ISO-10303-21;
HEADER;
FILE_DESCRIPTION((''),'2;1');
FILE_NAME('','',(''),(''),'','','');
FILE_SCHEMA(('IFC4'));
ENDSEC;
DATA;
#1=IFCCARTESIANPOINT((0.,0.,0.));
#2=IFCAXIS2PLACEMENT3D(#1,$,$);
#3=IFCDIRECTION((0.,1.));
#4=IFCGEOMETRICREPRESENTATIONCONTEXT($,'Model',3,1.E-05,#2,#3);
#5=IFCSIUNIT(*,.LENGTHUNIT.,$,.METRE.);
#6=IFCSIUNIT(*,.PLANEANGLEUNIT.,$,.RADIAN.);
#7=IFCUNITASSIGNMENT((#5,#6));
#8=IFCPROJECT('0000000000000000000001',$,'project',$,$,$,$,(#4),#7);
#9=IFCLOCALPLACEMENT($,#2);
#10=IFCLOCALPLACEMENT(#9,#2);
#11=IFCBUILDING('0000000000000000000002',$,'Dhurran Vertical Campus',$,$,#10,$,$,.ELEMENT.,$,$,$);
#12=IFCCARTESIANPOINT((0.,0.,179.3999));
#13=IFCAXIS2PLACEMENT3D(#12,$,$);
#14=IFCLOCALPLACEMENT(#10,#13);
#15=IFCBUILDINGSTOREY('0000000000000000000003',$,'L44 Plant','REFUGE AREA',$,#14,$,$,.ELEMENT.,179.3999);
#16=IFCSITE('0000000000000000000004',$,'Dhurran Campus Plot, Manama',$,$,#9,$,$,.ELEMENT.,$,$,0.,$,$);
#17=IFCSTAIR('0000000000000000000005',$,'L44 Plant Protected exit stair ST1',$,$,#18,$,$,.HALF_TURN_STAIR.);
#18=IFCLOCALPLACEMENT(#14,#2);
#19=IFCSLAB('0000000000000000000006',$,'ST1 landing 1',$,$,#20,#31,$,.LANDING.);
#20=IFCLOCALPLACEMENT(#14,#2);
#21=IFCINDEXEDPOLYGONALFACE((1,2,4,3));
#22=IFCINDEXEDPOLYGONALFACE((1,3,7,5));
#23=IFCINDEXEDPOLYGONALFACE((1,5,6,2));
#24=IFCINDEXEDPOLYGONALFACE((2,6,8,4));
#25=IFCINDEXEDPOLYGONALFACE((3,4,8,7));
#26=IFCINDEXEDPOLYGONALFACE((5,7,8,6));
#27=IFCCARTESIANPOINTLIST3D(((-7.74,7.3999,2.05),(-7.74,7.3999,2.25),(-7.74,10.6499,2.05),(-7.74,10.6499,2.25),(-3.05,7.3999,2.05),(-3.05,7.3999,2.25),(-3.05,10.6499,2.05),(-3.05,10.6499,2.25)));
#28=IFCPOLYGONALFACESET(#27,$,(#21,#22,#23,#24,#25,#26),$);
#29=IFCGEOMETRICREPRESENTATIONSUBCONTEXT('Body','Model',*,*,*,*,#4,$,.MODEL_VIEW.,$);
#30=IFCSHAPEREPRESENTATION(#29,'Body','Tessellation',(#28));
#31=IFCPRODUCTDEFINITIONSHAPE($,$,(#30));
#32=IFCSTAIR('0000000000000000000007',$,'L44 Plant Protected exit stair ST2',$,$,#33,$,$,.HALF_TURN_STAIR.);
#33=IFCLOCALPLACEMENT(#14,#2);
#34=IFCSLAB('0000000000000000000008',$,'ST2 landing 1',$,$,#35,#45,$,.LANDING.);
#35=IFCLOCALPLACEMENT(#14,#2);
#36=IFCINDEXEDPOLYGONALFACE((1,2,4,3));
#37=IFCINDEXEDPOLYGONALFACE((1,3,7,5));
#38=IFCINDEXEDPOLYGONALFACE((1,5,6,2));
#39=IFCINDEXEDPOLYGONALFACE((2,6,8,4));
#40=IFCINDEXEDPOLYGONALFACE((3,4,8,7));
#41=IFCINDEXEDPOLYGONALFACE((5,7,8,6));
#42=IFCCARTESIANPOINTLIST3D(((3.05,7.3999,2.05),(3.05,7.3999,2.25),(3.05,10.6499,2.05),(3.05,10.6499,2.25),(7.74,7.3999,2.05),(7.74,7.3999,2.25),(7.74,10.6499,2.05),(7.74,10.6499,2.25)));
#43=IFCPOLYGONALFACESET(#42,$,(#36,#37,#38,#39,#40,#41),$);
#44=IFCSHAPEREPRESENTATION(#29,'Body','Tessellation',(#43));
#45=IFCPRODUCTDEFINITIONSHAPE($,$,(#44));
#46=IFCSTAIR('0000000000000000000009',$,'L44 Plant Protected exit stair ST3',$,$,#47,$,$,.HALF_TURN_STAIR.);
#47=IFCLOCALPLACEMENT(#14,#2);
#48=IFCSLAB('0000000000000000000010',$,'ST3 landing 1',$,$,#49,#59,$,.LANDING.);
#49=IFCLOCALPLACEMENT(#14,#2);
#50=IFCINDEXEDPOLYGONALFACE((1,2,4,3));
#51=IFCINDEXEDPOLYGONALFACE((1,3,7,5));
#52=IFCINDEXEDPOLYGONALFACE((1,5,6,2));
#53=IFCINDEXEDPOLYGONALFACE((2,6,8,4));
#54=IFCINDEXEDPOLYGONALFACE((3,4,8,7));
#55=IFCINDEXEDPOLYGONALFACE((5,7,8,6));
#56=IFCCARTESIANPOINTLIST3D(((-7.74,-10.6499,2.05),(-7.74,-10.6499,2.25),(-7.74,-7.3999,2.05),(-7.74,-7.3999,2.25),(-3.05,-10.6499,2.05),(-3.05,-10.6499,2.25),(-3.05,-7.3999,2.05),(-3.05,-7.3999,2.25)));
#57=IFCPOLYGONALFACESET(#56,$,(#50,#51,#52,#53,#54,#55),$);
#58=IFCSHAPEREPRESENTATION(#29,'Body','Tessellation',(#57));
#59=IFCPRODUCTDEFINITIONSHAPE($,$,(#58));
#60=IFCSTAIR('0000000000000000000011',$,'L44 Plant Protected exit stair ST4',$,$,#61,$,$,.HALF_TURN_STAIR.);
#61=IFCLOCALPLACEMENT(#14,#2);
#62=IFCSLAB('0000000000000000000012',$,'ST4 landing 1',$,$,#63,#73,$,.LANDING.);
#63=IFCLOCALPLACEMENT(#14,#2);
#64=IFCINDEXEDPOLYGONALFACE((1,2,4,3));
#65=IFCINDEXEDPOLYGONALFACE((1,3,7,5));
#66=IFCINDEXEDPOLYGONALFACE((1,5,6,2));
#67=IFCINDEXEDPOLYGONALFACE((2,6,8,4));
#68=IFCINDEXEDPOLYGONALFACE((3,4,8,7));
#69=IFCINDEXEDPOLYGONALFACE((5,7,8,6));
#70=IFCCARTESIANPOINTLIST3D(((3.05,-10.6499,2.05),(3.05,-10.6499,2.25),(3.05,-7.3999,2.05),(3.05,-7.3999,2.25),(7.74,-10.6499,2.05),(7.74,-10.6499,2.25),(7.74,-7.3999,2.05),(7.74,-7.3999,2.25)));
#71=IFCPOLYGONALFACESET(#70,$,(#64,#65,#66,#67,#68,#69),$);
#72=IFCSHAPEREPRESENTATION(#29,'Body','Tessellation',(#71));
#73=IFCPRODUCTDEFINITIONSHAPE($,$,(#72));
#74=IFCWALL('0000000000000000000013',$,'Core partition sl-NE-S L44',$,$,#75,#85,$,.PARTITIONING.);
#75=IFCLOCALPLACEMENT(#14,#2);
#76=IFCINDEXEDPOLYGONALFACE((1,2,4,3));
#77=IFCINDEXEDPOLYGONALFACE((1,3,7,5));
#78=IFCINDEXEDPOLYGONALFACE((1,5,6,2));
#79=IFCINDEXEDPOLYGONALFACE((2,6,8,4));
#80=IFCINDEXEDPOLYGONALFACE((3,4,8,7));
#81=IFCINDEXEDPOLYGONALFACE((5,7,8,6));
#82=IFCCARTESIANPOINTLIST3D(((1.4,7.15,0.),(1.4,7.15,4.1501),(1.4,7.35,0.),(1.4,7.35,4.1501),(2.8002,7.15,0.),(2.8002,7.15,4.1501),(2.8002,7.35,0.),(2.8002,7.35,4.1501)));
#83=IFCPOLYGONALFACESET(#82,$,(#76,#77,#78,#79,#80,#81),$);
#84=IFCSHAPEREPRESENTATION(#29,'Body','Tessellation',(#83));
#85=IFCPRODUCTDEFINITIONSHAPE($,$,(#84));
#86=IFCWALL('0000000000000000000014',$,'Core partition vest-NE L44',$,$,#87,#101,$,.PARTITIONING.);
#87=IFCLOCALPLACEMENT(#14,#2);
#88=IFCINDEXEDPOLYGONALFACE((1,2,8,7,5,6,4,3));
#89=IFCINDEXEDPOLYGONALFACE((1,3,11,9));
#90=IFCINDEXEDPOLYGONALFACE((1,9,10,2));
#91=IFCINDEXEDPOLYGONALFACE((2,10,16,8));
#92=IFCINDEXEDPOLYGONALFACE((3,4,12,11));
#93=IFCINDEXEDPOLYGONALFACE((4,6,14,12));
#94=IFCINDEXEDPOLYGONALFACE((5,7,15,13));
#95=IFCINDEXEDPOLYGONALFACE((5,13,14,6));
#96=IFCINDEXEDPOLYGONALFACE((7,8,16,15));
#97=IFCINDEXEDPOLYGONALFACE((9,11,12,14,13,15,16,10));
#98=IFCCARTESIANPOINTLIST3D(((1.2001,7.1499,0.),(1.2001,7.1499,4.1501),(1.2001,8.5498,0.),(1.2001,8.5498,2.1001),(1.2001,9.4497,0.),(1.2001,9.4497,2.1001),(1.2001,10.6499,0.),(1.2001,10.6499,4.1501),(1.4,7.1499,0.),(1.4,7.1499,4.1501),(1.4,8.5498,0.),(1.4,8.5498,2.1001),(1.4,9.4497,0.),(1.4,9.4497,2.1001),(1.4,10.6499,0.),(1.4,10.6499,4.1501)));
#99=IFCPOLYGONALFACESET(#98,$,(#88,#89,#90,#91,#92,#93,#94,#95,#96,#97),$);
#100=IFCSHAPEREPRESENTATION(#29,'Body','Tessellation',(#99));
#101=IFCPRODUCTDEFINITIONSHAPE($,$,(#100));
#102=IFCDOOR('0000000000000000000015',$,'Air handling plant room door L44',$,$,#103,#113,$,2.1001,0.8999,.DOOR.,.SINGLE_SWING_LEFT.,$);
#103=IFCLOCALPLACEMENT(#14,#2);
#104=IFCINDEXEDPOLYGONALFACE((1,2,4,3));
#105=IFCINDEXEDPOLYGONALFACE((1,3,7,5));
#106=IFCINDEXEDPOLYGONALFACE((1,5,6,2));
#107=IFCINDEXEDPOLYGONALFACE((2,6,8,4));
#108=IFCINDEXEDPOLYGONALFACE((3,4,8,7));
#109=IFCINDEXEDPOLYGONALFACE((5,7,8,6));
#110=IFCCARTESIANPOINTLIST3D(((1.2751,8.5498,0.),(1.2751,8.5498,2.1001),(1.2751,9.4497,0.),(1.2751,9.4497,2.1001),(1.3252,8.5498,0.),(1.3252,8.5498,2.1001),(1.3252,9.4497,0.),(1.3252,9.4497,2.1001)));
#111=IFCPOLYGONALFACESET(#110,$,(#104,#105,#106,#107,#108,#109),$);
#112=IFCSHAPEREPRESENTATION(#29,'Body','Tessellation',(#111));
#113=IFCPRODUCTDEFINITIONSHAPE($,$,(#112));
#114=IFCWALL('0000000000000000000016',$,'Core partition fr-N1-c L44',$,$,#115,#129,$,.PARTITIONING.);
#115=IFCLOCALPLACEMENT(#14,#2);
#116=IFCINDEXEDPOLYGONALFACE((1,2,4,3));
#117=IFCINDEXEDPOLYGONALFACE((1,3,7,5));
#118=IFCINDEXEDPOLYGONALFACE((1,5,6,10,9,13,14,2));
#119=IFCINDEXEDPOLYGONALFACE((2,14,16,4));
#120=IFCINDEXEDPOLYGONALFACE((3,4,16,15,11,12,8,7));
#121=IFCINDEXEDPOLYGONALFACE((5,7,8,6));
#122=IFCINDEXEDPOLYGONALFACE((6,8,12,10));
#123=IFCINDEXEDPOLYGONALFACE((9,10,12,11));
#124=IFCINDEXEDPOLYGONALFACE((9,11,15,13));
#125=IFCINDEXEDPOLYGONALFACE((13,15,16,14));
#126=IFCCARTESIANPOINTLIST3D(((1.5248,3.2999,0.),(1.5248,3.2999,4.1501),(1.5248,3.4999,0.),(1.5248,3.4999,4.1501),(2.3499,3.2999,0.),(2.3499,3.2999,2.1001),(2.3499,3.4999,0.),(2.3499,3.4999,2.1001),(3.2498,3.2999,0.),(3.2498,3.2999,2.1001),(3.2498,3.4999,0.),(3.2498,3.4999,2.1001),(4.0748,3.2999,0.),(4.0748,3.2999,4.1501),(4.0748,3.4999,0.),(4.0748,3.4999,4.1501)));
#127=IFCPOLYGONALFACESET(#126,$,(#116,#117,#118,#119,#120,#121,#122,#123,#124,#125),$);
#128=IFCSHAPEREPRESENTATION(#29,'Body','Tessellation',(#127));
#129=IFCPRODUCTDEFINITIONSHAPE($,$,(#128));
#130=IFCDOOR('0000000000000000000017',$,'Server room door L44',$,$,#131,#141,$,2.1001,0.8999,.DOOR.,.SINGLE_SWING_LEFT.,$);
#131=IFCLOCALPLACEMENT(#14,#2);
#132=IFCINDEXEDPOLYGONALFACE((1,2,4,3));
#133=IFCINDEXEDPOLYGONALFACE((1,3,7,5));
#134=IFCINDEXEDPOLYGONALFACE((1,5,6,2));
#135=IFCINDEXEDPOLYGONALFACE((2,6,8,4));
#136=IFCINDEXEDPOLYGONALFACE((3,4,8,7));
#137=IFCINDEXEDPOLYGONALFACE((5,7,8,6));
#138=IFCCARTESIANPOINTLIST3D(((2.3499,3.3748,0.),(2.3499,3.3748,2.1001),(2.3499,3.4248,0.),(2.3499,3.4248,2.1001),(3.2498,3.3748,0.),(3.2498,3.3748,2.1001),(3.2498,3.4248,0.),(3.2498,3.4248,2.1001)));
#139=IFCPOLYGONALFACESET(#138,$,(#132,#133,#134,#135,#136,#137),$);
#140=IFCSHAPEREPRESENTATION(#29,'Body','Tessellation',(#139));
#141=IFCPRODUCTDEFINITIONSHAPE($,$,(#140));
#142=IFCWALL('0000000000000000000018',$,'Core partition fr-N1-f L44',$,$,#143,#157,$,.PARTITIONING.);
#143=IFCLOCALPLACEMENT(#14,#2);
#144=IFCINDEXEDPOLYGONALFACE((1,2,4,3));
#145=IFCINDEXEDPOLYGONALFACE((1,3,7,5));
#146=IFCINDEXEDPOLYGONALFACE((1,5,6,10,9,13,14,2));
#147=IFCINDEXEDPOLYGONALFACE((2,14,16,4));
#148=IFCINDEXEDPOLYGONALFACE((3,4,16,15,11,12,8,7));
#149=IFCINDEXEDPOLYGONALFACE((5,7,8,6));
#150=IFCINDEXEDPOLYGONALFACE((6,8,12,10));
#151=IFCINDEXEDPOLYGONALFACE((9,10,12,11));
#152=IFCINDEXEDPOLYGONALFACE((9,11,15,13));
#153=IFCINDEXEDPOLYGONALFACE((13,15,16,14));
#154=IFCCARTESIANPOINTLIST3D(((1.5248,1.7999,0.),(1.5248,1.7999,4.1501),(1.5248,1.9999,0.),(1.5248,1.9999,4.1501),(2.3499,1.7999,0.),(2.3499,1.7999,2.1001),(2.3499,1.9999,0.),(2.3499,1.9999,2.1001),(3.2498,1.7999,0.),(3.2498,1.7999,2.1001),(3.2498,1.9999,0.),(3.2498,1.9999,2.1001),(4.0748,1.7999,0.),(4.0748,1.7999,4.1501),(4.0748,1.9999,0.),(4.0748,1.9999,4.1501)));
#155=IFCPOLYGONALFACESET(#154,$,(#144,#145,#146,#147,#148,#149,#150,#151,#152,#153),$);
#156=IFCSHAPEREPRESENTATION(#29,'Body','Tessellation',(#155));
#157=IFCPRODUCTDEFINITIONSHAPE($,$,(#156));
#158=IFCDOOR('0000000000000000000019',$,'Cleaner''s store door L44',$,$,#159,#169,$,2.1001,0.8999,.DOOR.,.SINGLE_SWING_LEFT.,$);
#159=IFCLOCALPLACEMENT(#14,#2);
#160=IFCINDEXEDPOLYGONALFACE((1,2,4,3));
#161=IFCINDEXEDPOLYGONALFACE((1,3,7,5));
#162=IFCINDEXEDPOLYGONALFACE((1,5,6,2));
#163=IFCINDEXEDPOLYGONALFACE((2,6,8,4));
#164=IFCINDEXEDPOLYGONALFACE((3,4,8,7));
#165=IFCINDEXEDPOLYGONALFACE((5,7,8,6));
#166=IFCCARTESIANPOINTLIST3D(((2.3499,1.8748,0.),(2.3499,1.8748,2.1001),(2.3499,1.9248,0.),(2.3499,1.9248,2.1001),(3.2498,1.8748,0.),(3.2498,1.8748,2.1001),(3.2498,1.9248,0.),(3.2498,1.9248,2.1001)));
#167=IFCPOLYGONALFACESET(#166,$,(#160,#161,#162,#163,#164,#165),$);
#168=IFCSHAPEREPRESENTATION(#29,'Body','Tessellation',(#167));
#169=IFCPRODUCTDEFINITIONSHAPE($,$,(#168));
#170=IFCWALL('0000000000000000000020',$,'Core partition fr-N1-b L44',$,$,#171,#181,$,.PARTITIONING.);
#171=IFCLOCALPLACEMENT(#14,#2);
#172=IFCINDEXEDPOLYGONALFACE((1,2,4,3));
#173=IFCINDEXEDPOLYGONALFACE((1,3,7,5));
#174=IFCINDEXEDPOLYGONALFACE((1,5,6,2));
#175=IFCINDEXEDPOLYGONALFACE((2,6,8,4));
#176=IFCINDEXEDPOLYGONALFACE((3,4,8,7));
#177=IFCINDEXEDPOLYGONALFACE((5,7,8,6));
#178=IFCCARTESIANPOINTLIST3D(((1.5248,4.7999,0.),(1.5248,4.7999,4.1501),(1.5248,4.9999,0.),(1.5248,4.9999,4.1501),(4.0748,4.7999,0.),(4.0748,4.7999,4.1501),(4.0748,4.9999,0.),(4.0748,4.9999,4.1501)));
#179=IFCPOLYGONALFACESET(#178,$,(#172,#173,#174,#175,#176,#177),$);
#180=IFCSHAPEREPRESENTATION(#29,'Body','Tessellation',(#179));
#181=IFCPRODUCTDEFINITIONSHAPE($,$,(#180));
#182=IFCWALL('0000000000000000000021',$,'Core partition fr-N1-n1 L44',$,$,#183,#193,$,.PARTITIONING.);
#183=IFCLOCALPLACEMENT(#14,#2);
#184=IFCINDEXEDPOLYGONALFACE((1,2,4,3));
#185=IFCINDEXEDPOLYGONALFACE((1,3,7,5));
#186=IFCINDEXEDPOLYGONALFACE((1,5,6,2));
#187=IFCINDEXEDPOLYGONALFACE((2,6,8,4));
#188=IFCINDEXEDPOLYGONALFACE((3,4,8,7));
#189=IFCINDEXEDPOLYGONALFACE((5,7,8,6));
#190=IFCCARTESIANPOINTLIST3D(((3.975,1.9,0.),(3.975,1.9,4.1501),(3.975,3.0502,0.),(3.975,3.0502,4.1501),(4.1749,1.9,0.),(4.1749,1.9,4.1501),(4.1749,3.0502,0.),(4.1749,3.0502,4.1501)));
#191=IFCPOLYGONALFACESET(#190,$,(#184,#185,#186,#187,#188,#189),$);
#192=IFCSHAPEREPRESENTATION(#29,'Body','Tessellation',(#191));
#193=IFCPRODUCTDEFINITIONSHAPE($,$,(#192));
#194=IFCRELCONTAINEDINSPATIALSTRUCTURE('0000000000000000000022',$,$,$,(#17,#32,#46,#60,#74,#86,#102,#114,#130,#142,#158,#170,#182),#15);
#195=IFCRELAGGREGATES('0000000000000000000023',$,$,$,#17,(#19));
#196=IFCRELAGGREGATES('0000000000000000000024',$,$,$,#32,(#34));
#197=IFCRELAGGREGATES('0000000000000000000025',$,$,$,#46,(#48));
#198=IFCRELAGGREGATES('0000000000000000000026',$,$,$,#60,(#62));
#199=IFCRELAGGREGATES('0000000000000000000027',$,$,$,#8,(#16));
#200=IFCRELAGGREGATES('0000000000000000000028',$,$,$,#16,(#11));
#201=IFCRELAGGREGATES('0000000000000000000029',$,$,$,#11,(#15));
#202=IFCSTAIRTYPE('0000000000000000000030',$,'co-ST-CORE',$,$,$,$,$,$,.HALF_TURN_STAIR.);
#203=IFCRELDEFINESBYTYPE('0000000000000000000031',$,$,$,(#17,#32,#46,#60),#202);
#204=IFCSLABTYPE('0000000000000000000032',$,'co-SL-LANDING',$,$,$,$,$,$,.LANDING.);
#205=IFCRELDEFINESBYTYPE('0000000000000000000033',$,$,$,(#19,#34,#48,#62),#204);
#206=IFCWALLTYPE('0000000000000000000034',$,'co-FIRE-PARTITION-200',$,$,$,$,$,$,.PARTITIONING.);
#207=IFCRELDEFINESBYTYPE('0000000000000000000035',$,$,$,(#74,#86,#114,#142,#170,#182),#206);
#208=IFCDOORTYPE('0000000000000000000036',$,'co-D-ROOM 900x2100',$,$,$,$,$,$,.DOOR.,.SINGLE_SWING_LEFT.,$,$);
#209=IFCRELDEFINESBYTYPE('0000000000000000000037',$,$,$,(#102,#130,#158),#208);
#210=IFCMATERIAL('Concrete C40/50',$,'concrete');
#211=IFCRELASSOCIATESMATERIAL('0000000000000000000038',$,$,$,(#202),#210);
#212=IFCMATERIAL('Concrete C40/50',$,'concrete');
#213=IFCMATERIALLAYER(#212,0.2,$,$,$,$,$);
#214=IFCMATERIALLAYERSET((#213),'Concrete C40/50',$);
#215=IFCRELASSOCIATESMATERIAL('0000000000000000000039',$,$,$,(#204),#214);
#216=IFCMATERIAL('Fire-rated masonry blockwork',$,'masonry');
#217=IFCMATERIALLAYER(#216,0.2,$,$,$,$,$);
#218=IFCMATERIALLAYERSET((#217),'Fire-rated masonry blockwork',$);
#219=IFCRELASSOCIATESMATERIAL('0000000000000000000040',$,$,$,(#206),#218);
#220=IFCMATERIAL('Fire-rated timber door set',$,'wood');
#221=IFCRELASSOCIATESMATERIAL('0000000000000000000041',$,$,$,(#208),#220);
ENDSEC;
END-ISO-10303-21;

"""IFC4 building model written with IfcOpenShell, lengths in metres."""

from ifc_helpers import new_model, si_unit, direction, frame, frame_2d, origin, place, context, subcontext, project, spatial, polyline, rectangle, outline, extrude, material, layer, layer_set, type_object, element, fill, aggregate, save


model = new_model("IFC4")

# Units and contexts
model_context = context("Model", 3, precision=1e-05, world=origin(), true_north=direction((0.0, 1.0)))
body_context = subcontext(model_context, "Body", "Model", "MODEL_VIEW")
ifc_project = project(units=[si_unit("LENGTHUNIT", "METRE"), si_unit("PLANEANGLEUNIT", "RADIAN")], contexts=[model_context])

# Site, building, storey
site_placement = place(None, origin())
site = spatial("IfcSite", under=ifc_project, at=site_placement, Name="Dhurran Campus Plot, Manama", CompositionType="ELEMENT", RefElevation=0.0)
building_placement = place(site_placement, origin())
building = spatial("IfcBuilding", under=site, at=building_placement, Name="Dhurran Vertical Campus", CompositionType="ELEMENT")
storey_placement = place(building_placement, frame((0.0, 0.0, 179.3999)))
storey = spatial("IfcBuildingStorey", under=building, at=storey_placement, Name="L44 Plant", Description="REFUGE AREA", CompositionType="ELEMENT", Elevation=179.3999)

# Stairs, slabs
ifc_material_1 = material(Name="Concrete C40/50", Category="concrete")
stair_type = type_object("IfcStairType", Name="co-ST-CORE", PredefinedType="HALF_TURN_STAIR", material=ifc_material_1)
stair_1_placement = place(storey_placement, origin())
stair_1 = element("IfcStair", 1, at=stair_1_placement, inside=storey, type_object=stair_type, Name="L44 Plant Protected exit stair ST1", PredefinedType="HALF_TURN_STAIR")
ifc_material_2 = material(Name="Concrete C40/50", Category="concrete")
ifc_layer_1 = layer(ifc_material_2, 0.2)
ifc_layer_set_1 = layer_set([ifc_layer_1], Name="Concrete C40/50")
slab_type = type_object("IfcSlabType", Name="co-SL-LANDING", PredefinedType="LANDING", material=ifc_layer_set_1)
slab_1_placement = place(storey_placement, frame((0.0, 0.0, 2.05)))
slab_1 = element("IfcSlab", 2, at=slab_1_placement, type_object=slab_type, Name="ST1 landing 1", PredefinedType="LANDING", context=body_context, shape_type="SweptSolid", body=[
    extrude(outline(polyline([(-7.74, 7.3999), (-3.05, 7.3999), (-3.05, 10.6499), (-7.74, 10.6499), (-7.74, 7.3999)])), origin(), (0.0, 0.0, 1.0), 0.2),
])
aggregate(stair_1, [slab_1])
stair_2_placement = place(storey_placement, origin())
stair_2 = element("IfcStair", 3, at=stair_2_placement, inside=storey, type_object=stair_type, Name="L44 Plant Protected exit stair ST2", PredefinedType="HALF_TURN_STAIR")
slab_2_placement = place(storey_placement, frame((0.0, 0.0, 2.05)))
slab_2 = element("IfcSlab", 4, at=slab_2_placement, type_object=slab_type, Name="ST2 landing 1", PredefinedType="LANDING", context=body_context, shape_type="SweptSolid", body=[
    extrude(outline(polyline([(7.74, 10.6499), (3.05, 10.6499), (3.05, 7.3999), (7.74, 7.3999), (7.74, 10.6499)])), origin(), (0.0, 0.0, 1.0), 0.2),
])
aggregate(stair_2, [slab_2])
stair_3_placement = place(storey_placement, origin())
stair_3 = element("IfcStair", 5, at=stair_3_placement, inside=storey, type_object=stair_type, Name="L44 Plant Protected exit stair ST3", PredefinedType="HALF_TURN_STAIR")
slab_3_placement = place(storey_placement, frame((0.0, 0.0, 2.05)))
slab_3 = element("IfcSlab", 6, at=slab_3_placement, type_object=slab_type, Name="ST3 landing 1", PredefinedType="LANDING", context=body_context, shape_type="SweptSolid", body=[
    extrude(outline(polyline([(-7.74, -10.6499), (-3.05, -10.6499), (-3.05, -7.3999), (-7.74, -7.3999), (-7.74, -10.6499)])), origin(), (0.0, 0.0, 1.0), 0.2),
])
aggregate(stair_3, [slab_3])
stair_4_placement = place(storey_placement, origin())
stair_4 = element("IfcStair", 7, at=stair_4_placement, inside=storey, type_object=stair_type, Name="L44 Plant Protected exit stair ST4", PredefinedType="HALF_TURN_STAIR")
slab_4_placement = place(storey_placement, frame((0.0, 0.0, 2.05)))
slab_4 = element("IfcSlab", 8, at=slab_4_placement, type_object=slab_type, Name="ST4 landing 1", PredefinedType="LANDING", context=body_context, shape_type="SweptSolid", body=[
    extrude(outline(polyline([(7.74, -7.3999), (3.05, -7.3999), (3.05, -10.6499), (7.74, -10.6499), (7.74, -7.3999)])), origin(), (0.0, 0.0, 1.0), 0.2),
])
aggregate(stair_4, [slab_4])

# Wall
ifc_material_3 = material(Name="Fire-rated masonry blockwork", Category="masonry")
ifc_layer_2 = layer(ifc_material_3, 0.2)
ifc_layer_set_2 = layer_set([ifc_layer_2], Name="Fire-rated masonry blockwork")
wall_type_1 = type_object("IfcWallType", Name="co-FIRE-PARTITION-200", PredefinedType="PARTITIONING", material=ifc_layer_set_2)
wall_1_placement = place(storey_placement, frame((1.3999, 7.25, 0.0), z_axis=(0.0, 0.0, 1.0), x_axis=(1.0, 0.0, 0.0)))
element("IfcWall", 9, at=wall_1_placement, inside=storey, type_object=wall_type_1, Name="Core partition sl-NE-S L44", PredefinedType="PARTITIONING", context=body_context, shape_type="SweptSolid", body=[
    extrude(rectangle(XDim=1.4001, YDim=0.2, at=frame_2d((0.7002, 0.0))), origin(), (0.0, 0.0, 1.0), 4.1501),
])

# Walls, openings, doors
wall_2_placement = place(storey_placement, frame((1.3, 7.1499, 0.0), z_axis=(0.0, 0.0, 1.0), x_axis=(0.0, 1.0, 0.0)))
wall_2 = element("IfcWall", 10, at=wall_2_placement, inside=storey, type_object=wall_type_1, Name="Core partition vest-NE L44", PredefinedType="PARTITIONING", context=body_context, shape_type="SweptSolid", body=[
    extrude(rectangle(XDim=3.5, YDim=0.2, at=frame_2d((1.75, 0.0))), origin(), (0.0, 0.0, 1.0), 4.1501),
])
opening_1_placement = place(wall_2_placement, frame((1.3999, 0.0, 0.0)))
opening_1 = element("IfcOpeningElement", 11, at=opening_1_placement, cuts=wall_2, PredefinedType="OPENING", context=body_context, shape_type="SweptSolid", body=[
    extrude(rectangle(XDim=0.8999, YDim=2.1001, at=frame_2d((0.45, 1.05))), frame((0.0, 0.1099, 0.0), z_axis=(0.0, -1.0, 0.0), x_axis=(1.0, 0.0, 0.0)), (0.0, 0.0, 1.0), 0.22),
])
ifc_material_4 = material(Name="Fire-rated timber door set", Category="wood")
door_type_1 = type_object("IfcDoorType", Name="co-D-ROOM 900x2100", OperationType="SINGLE_SWING_LEFT", PredefinedType="DOOR", material=ifc_material_4)
door_1_placement = place(opening_1_placement, origin())
door_1 = element("IfcDoor", 12, at=door_1_placement, inside=storey, type_object=door_type_1, Name="Air handling plant room door L44", OperationType="SINGLE_SWING_LEFT", OverallHeight=2.1001, OverallWidth=0.8999, PredefinedType="DOOR", context=body_context, shape_type="SweptSolid", body=[
    extrude(rectangle(XDim=0.8999, YDim=2.1001, at=frame_2d((0.45, 1.05))), frame((0.0, 0.0249, 0.0), z_axis=(0.0, -1.0, 0.0), x_axis=(1.0, 0.0, 0.0)), (0.0, 0.0, 1.0), 0.05),
])
fill(opening_1, door_1)
wall_3_placement = place(storey_placement, frame((1.5249, 3.3999, 0.0), z_axis=(0.0, 0.0, 1.0), x_axis=(1.0, 0.0, 0.0)))
wall_3 = element("IfcWall", 13, at=wall_3_placement, inside=storey, type_object=wall_type_1, Name="Core partition fr-N1-c L44", PredefinedType="PARTITIONING", context=body_context, shape_type="SweptSolid", body=[
    extrude(rectangle(XDim=2.55, YDim=0.2, at=frame_2d((1.2749, 0.0))), origin(), (0.0, 0.0, 1.0), 4.1501),
])
opening_2_placement = place(wall_3_placement, frame((0.825, 0.0, 0.0)))
opening_2 = element("IfcOpeningElement", 14, at=opening_2_placement, cuts=wall_3, PredefinedType="OPENING", context=body_context, shape_type="SweptSolid", body=[
    extrude(rectangle(XDim=0.8999, YDim=2.1001, at=frame_2d((0.45, 1.05))), frame((0.0, 0.1099, 0.0), z_axis=(0.0, -1.0, 0.0), x_axis=(1.0, 0.0, 0.0)), (0.0, 0.0, 1.0), 0.22),
])
door_2_placement = place(opening_2_placement, origin())
door_2 = element("IfcDoor", 15, at=door_2_placement, inside=storey, type_object=door_type_1, Name="Server room door L44", OperationType="SINGLE_SWING_LEFT", OverallHeight=2.1001, OverallWidth=0.8999, PredefinedType="DOOR", context=body_context, shape_type="SweptSolid", body=[
    extrude(rectangle(XDim=0.8999, YDim=2.1001, at=frame_2d((0.45, 1.05))), frame((0.0, 0.0249, 0.0), z_axis=(0.0, -1.0, 0.0), x_axis=(1.0, 0.0, 0.0)), (0.0, 0.0, 1.0), 0.05),
])
fill(opening_2, door_2)
wall_4_placement = place(storey_placement, frame((1.5249, 1.8999, 0.0), z_axis=(0.0, 0.0, 1.0), x_axis=(1.0, 0.0, 0.0)))
wall_4 = element("IfcWall", 16, at=wall_4_placement, inside=storey, type_object=wall_type_1, Name="Core partition fr-N1-f L44", PredefinedType="PARTITIONING", context=body_context, shape_type="SweptSolid", body=[
    extrude(rectangle(XDim=2.55, YDim=0.2, at=frame_2d((1.2749, 0.0))), origin(), (0.0, 0.0, 1.0), 4.1501),
])
opening_3_placement = place(wall_4_placement, frame((0.825, 0.0, 0.0)))
opening_3 = element("IfcOpeningElement", 17, at=opening_3_placement, cuts=wall_4, PredefinedType="OPENING", context=body_context, shape_type="SweptSolid", body=[
    extrude(rectangle(XDim=0.8999, YDim=2.1001, at=frame_2d((0.45, 1.05))), frame((0.0, 0.1099, 0.0), z_axis=(0.0, -1.0, 0.0), x_axis=(1.0, 0.0, 0.0)), (0.0, 0.0, 1.0), 0.22),
])
door_3_placement = place(opening_3_placement, origin())
door_3 = element("IfcDoor", 18, at=door_3_placement, inside=storey, type_object=door_type_1, Name="Cleaner's store door L44", OperationType="SINGLE_SWING_LEFT", OverallHeight=2.1001, OverallWidth=0.8999, PredefinedType="DOOR", context=body_context, shape_type="SweptSolid", body=[
    extrude(rectangle(XDim=0.8999, YDim=2.1001, at=frame_2d((0.45, 1.05))), frame((0.0, 0.0249, 0.0), z_axis=(0.0, -1.0, 0.0), x_axis=(1.0, 0.0, 0.0)), (0.0, 0.0, 1.0), 0.05),
])
fill(opening_3, door_3)

# Walls
wall_5_placement = place(storey_placement, frame((1.5249, 4.8999, 0.0), z_axis=(0.0, 0.0, 1.0), x_axis=(1.0, 0.0, 0.0)))
element("IfcWall", 19, at=wall_5_placement, inside=storey, type_object=wall_type_1, Name="Core partition fr-N1-b L44", PredefinedType="PARTITIONING", context=body_context, shape_type="SweptSolid", body=[
    extrude(rectangle(XDim=2.55, YDim=0.2, at=frame_2d((1.2749, 0.0))), origin(), (0.0, 0.0, 1.0), 4.1501),
])
wall_6_placement = place(storey_placement, frame((4.075, 1.8999, 0.0), z_axis=(0.0, 0.0, 1.0), x_axis=(0.0, 1.0, 0.0)))
element("IfcWall", 20, at=wall_6_placement, inside=storey, type_object=wall_type_1, Name="Core partition fr-N1-n1 L44", PredefinedType="PARTITIONING", context=body_context, shape_type="SweptSolid", body=[
    extrude(rectangle(XDim=1.1501, YDim=0.2, at=frame_2d((0.5752, 0.0))), origin(), (0.0, 0.0, 1.0), 4.1501),
])

save(model, "model.ifc")
